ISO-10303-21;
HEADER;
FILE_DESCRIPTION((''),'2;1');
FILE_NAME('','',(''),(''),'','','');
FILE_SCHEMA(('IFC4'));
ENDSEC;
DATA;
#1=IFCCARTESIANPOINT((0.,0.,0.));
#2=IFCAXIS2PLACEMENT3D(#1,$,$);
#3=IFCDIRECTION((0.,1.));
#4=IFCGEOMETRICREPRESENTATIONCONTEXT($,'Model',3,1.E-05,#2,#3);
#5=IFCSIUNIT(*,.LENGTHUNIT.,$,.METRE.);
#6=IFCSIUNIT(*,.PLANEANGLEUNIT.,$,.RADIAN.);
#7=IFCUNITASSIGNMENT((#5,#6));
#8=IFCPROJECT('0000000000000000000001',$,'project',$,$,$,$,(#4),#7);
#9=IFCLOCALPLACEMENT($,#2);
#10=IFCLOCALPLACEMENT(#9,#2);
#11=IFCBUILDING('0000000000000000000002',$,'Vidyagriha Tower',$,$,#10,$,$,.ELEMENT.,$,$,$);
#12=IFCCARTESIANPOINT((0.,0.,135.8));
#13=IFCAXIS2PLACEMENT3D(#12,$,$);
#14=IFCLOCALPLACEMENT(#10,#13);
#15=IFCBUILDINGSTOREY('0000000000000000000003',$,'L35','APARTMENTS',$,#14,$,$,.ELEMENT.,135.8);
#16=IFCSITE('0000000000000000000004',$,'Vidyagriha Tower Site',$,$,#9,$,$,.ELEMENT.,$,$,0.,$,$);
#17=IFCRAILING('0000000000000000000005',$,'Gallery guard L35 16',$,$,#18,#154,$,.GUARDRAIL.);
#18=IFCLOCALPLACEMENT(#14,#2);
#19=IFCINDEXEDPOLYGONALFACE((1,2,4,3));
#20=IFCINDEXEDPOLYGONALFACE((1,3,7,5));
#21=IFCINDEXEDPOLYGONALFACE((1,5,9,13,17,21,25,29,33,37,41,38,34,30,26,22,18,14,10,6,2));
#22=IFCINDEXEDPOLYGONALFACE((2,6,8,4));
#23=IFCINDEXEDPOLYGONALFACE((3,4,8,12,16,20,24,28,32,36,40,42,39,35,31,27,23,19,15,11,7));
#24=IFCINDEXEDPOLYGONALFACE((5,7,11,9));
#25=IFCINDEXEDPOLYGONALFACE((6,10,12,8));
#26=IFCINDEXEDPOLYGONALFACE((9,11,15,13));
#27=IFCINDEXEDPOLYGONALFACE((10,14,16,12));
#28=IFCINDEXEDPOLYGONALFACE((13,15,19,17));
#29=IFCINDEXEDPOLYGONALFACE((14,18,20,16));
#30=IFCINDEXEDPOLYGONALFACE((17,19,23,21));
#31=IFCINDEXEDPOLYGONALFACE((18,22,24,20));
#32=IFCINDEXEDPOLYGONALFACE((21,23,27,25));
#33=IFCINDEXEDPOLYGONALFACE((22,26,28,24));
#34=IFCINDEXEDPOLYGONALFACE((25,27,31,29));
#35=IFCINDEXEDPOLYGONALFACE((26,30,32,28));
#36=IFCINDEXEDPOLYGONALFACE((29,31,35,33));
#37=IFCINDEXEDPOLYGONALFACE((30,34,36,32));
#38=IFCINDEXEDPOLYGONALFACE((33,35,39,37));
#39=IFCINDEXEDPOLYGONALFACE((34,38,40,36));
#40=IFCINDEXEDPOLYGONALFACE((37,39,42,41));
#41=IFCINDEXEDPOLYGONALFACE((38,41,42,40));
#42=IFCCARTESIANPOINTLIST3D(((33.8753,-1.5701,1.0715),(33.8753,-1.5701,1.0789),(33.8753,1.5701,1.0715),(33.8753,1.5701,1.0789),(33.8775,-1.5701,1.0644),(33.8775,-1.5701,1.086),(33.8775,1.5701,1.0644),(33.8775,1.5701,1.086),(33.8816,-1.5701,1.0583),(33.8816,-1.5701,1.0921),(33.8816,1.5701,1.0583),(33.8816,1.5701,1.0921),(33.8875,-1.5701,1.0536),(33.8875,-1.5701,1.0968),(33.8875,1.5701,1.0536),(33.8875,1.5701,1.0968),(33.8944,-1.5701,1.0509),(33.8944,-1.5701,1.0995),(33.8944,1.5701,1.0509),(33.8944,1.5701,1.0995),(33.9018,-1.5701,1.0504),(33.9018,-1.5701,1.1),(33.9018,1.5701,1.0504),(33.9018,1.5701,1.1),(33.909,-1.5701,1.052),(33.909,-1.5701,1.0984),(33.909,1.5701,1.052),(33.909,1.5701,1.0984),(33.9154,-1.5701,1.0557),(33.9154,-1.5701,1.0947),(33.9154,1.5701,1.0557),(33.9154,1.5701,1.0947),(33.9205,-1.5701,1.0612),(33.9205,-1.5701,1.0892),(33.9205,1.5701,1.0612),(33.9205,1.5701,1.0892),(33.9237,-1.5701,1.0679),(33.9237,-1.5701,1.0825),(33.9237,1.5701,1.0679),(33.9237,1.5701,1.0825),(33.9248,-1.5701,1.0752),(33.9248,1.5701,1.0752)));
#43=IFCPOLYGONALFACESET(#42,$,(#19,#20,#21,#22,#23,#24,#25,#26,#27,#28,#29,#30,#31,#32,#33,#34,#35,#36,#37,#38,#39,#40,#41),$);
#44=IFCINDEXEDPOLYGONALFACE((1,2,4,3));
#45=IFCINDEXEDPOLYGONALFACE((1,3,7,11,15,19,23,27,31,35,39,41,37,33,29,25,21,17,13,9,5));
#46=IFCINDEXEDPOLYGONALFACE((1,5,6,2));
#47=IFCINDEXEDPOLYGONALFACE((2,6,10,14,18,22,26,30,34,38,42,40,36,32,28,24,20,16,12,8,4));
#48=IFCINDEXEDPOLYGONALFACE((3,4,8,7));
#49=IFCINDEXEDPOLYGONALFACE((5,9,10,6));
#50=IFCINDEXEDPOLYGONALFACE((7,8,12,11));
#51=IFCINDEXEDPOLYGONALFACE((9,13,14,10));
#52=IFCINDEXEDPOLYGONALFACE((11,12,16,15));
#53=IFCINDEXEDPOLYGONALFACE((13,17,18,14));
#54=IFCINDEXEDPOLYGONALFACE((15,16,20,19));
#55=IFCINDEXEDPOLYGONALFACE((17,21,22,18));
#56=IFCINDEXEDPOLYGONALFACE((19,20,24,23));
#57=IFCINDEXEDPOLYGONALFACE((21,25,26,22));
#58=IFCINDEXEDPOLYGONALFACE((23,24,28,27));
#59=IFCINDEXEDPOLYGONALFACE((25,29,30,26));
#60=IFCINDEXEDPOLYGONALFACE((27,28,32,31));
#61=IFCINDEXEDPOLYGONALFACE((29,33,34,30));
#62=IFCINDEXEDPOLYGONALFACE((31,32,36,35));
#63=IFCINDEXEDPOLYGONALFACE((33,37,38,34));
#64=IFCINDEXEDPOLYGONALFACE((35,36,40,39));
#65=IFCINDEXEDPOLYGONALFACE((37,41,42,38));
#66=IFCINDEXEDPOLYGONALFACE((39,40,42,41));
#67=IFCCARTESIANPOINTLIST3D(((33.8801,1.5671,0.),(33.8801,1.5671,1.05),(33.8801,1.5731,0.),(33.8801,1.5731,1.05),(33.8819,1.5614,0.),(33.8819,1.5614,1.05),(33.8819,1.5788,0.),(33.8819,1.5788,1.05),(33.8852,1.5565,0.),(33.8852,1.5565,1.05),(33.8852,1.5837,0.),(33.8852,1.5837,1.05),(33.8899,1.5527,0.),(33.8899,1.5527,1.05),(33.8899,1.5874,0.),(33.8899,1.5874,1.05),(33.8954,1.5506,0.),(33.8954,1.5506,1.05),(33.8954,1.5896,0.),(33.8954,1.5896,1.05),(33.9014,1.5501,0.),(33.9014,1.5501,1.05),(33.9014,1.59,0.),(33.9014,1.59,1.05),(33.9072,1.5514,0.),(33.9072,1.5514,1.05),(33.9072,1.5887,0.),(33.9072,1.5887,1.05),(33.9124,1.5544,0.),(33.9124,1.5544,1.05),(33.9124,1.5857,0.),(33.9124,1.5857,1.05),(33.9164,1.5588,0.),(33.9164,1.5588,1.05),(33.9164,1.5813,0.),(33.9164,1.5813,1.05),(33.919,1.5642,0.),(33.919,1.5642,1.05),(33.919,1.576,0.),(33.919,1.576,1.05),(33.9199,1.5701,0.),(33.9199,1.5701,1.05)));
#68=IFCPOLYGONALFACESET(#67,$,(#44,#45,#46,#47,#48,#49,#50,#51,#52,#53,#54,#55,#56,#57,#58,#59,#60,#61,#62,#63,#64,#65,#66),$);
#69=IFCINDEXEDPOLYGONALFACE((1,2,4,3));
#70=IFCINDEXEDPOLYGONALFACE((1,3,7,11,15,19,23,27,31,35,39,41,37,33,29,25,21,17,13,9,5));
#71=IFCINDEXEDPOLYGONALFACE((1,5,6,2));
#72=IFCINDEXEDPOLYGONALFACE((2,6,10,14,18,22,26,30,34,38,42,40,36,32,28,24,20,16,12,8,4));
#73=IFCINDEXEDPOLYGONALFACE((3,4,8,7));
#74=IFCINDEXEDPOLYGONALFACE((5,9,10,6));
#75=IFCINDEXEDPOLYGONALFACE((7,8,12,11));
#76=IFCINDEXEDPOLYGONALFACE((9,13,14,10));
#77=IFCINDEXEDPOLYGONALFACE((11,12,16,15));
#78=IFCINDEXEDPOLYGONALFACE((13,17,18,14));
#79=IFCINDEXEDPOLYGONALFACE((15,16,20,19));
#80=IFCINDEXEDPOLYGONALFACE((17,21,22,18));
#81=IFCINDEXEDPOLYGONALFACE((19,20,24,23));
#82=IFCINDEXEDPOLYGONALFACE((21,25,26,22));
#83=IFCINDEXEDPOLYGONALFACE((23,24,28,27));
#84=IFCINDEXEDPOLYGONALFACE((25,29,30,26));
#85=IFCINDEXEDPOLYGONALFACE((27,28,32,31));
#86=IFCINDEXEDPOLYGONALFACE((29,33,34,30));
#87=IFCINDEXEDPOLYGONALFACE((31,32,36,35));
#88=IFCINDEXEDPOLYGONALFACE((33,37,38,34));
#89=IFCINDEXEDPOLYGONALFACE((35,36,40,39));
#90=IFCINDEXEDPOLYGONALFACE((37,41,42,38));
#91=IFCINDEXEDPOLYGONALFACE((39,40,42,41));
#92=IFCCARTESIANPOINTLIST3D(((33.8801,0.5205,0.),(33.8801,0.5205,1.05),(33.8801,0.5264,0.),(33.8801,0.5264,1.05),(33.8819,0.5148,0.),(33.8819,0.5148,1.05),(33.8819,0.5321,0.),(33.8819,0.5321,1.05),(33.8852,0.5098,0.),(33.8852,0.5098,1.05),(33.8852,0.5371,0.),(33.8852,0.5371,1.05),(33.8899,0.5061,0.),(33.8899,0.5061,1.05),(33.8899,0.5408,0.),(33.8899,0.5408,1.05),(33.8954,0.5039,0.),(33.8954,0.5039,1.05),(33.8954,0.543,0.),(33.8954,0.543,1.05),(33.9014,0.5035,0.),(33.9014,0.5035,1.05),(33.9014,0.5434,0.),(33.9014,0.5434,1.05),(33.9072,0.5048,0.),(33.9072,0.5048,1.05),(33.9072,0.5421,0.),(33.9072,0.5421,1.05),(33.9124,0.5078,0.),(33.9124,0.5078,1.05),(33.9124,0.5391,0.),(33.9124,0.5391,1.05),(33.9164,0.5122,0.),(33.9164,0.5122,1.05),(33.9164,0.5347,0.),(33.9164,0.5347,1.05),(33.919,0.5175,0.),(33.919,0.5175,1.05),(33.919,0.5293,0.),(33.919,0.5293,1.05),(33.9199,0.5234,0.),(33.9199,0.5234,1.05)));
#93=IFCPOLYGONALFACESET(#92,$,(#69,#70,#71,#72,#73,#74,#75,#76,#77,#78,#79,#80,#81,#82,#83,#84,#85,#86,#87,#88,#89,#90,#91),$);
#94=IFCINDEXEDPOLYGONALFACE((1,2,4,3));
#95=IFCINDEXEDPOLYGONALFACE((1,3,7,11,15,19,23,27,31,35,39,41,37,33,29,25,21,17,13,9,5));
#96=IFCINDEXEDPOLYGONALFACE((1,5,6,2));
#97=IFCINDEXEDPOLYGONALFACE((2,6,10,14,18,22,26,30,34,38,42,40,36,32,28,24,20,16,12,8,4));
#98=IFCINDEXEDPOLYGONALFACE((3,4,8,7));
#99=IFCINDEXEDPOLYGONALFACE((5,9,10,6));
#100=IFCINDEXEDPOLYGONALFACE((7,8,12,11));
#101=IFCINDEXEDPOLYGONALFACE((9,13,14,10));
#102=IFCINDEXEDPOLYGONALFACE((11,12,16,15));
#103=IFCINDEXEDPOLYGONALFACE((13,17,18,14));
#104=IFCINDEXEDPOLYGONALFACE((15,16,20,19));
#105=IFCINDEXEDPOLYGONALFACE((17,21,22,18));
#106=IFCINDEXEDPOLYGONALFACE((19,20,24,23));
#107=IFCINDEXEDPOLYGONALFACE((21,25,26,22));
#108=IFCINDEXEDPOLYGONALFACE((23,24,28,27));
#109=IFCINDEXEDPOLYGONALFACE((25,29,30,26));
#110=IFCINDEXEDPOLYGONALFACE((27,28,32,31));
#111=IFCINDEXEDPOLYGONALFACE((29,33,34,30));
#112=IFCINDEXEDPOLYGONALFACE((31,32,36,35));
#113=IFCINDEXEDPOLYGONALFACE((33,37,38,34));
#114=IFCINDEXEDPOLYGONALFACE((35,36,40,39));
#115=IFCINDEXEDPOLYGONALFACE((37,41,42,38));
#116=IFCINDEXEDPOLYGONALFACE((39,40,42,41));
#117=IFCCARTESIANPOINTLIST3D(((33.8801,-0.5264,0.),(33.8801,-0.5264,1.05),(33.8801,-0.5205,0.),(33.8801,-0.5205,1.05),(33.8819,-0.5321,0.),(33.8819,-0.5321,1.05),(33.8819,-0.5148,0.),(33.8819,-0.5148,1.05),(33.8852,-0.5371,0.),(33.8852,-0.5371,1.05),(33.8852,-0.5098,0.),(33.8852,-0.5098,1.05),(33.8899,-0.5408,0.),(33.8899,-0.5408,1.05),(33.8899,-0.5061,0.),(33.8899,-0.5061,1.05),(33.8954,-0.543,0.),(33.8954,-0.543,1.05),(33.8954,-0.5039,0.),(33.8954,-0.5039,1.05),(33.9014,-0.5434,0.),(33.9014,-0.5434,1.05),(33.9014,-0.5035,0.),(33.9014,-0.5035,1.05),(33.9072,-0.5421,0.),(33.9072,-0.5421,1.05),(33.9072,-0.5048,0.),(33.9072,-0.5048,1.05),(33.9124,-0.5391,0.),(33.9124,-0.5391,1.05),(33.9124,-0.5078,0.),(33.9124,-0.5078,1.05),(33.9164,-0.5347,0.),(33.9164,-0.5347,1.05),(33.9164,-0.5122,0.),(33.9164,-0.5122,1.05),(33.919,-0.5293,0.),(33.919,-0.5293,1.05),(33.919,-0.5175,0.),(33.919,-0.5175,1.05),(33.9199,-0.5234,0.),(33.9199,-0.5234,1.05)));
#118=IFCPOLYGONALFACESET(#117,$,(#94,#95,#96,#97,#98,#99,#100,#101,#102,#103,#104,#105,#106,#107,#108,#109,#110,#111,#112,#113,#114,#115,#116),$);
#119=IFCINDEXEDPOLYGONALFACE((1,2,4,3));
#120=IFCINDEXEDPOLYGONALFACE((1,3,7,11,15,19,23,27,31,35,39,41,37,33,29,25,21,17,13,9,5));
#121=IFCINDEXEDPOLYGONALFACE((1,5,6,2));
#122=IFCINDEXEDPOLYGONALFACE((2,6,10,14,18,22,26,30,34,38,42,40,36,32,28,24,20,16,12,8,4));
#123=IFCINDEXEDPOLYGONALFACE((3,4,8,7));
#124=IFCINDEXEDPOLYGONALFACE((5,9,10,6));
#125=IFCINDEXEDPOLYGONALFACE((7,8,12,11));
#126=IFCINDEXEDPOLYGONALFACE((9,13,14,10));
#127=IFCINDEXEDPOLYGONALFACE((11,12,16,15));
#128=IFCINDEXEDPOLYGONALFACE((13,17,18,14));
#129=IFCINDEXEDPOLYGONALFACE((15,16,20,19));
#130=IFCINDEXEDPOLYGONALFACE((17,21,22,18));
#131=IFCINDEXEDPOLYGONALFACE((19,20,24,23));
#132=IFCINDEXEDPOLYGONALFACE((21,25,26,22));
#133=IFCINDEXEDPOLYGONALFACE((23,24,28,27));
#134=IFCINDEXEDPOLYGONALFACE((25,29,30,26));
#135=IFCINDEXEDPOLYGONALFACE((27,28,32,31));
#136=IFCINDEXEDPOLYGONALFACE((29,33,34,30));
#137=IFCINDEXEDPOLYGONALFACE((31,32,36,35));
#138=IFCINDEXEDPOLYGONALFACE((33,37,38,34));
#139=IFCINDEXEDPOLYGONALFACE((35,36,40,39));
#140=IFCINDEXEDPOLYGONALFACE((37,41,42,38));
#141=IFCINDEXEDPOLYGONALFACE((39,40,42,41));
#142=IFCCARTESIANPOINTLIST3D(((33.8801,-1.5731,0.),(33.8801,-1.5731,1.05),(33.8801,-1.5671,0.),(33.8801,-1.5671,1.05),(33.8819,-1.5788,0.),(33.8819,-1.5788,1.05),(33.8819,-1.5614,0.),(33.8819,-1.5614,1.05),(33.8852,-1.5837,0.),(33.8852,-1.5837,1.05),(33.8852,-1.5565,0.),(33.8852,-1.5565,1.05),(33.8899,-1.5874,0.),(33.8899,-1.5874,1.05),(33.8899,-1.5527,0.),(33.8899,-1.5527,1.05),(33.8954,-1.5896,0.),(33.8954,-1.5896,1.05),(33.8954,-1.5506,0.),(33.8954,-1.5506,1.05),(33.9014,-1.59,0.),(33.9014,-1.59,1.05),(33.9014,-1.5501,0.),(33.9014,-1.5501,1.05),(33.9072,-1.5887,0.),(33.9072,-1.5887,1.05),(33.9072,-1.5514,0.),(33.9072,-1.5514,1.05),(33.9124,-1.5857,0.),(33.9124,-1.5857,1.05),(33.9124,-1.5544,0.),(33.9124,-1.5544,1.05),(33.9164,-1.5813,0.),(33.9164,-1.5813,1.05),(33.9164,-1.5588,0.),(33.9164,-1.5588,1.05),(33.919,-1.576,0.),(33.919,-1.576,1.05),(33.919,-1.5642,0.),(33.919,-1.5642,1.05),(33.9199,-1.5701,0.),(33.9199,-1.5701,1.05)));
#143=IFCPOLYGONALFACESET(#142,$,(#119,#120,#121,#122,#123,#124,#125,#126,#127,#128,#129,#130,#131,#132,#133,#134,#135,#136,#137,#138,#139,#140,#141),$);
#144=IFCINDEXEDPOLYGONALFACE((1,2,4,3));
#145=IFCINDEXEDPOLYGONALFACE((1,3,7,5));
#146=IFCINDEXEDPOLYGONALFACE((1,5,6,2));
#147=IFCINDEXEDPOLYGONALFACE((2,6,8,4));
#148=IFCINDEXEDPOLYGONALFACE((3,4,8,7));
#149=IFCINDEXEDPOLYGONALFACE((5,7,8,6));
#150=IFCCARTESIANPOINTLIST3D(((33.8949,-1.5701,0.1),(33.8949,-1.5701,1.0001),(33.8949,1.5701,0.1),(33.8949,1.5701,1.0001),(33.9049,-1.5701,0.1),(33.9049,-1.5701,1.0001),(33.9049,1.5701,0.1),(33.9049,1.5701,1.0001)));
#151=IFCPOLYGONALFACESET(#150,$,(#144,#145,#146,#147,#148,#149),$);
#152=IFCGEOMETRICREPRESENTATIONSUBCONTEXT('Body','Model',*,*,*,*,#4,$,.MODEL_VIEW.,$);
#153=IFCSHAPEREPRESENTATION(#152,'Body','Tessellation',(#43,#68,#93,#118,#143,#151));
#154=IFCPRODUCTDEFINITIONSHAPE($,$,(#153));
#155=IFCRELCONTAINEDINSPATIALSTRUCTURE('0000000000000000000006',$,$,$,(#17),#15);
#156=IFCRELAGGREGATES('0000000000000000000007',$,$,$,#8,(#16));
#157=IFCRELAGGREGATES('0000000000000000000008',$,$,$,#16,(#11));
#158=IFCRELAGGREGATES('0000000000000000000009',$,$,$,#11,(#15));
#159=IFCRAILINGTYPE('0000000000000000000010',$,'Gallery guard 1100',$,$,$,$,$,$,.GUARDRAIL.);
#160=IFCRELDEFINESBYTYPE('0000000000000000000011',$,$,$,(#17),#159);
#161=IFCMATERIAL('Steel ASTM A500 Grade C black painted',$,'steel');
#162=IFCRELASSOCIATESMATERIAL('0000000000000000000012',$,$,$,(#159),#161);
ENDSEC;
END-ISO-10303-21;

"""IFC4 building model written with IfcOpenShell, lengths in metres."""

from ifc_helpers import new_model, si_unit, direction, frame, origin, origin_2d, place, context, subcontext, project, spatial, rectangle, circle, extrude, material, type_object, element, save


model = new_model("IFC4")

# Units and contexts
model_context = context("Model", 3, precision=1e-05, world=origin(), true_north=direction((0.0, 1.0)))
body_context = subcontext(model_context, "Body", "Model", "MODEL_VIEW")
ifc_project = project(units=[si_unit("LENGTHUNIT", "METRE"), si_unit("PLANEANGLEUNIT", "RADIAN")], contexts=[model_context])

# Site, building, storey
site_placement = place(None, origin())
site = spatial("IfcSite", under=ifc_project, at=site_placement, Name="Vidyagriha Tower Site", CompositionType="ELEMENT", RefElevation=0.0)
building_placement = place(site_placement, origin())
building = spatial("IfcBuilding", under=site, at=building_placement, Name="Vidyagriha Tower", CompositionType="ELEMENT")
storey_placement = place(building_placement, frame((0.0, 0.0, 135.8)))
storey = spatial("IfcBuildingStorey", under=building, at=storey_placement, Name="L35", Description="APARTMENTS", CompositionType="ELEMENT", Elevation=135.8)

# Railing
ifc_material_1 = material(Name="Steel ASTM A500 Grade C black painted", Category="steel")
railing_type_1 = type_object("IfcRailingType", Name="Gallery guard 1100", PredefinedType="GUARDRAIL", material=ifc_material_1)
railing_1_placement = place(storey_placement, frame((33.8999, 1.5701, 0.0)))
element("IfcRailing", 1, at=railing_1_placement, inside=storey, type_object=railing_type_1, Name="Gallery guard L35 16", PredefinedType="GUARDRAIL", context=body_context, shape_type="SweptSolid", body=[
    extrude(circle(Radius=0.0249, at=origin_2d()), frame((0.0, 0.0, 1.0752), z_axis=(0.0, -1.0, 0.0), x_axis=(1.0, 0.0, 0.0)), (0.0, 0.0, 1.0), 3.1401),
    extrude(circle(Radius=0.02, at=origin_2d()), origin(), (0.0, 0.0, 1.0), 1.05),
    extrude(circle(Radius=0.02, at=origin_2d()), frame((0.0, -1.0466, 0.0)), (0.0, 0.0, 1.0), 1.05),
    extrude(circle(Radius=0.02, at=origin_2d()), frame((0.0, -2.0935, 0.0)), (0.0, 0.0, 1.0), 1.05),
    extrude(circle(Radius=0.02, at=origin_2d()), frame((0.0, -3.1401, 0.0)), (0.0, 0.0, 1.0), 1.05),
    extrude(rectangle(XDim=0.01, YDim=0.9001, at=origin_2d()), frame((0.0, 0.0, 0.55), z_axis=(0.0, -1.0, 0.0), x_axis=(1.0, 0.0, 0.0)), (0.0, 0.0, 1.0), 3.1401),
])

save(model, "model.ifc")
